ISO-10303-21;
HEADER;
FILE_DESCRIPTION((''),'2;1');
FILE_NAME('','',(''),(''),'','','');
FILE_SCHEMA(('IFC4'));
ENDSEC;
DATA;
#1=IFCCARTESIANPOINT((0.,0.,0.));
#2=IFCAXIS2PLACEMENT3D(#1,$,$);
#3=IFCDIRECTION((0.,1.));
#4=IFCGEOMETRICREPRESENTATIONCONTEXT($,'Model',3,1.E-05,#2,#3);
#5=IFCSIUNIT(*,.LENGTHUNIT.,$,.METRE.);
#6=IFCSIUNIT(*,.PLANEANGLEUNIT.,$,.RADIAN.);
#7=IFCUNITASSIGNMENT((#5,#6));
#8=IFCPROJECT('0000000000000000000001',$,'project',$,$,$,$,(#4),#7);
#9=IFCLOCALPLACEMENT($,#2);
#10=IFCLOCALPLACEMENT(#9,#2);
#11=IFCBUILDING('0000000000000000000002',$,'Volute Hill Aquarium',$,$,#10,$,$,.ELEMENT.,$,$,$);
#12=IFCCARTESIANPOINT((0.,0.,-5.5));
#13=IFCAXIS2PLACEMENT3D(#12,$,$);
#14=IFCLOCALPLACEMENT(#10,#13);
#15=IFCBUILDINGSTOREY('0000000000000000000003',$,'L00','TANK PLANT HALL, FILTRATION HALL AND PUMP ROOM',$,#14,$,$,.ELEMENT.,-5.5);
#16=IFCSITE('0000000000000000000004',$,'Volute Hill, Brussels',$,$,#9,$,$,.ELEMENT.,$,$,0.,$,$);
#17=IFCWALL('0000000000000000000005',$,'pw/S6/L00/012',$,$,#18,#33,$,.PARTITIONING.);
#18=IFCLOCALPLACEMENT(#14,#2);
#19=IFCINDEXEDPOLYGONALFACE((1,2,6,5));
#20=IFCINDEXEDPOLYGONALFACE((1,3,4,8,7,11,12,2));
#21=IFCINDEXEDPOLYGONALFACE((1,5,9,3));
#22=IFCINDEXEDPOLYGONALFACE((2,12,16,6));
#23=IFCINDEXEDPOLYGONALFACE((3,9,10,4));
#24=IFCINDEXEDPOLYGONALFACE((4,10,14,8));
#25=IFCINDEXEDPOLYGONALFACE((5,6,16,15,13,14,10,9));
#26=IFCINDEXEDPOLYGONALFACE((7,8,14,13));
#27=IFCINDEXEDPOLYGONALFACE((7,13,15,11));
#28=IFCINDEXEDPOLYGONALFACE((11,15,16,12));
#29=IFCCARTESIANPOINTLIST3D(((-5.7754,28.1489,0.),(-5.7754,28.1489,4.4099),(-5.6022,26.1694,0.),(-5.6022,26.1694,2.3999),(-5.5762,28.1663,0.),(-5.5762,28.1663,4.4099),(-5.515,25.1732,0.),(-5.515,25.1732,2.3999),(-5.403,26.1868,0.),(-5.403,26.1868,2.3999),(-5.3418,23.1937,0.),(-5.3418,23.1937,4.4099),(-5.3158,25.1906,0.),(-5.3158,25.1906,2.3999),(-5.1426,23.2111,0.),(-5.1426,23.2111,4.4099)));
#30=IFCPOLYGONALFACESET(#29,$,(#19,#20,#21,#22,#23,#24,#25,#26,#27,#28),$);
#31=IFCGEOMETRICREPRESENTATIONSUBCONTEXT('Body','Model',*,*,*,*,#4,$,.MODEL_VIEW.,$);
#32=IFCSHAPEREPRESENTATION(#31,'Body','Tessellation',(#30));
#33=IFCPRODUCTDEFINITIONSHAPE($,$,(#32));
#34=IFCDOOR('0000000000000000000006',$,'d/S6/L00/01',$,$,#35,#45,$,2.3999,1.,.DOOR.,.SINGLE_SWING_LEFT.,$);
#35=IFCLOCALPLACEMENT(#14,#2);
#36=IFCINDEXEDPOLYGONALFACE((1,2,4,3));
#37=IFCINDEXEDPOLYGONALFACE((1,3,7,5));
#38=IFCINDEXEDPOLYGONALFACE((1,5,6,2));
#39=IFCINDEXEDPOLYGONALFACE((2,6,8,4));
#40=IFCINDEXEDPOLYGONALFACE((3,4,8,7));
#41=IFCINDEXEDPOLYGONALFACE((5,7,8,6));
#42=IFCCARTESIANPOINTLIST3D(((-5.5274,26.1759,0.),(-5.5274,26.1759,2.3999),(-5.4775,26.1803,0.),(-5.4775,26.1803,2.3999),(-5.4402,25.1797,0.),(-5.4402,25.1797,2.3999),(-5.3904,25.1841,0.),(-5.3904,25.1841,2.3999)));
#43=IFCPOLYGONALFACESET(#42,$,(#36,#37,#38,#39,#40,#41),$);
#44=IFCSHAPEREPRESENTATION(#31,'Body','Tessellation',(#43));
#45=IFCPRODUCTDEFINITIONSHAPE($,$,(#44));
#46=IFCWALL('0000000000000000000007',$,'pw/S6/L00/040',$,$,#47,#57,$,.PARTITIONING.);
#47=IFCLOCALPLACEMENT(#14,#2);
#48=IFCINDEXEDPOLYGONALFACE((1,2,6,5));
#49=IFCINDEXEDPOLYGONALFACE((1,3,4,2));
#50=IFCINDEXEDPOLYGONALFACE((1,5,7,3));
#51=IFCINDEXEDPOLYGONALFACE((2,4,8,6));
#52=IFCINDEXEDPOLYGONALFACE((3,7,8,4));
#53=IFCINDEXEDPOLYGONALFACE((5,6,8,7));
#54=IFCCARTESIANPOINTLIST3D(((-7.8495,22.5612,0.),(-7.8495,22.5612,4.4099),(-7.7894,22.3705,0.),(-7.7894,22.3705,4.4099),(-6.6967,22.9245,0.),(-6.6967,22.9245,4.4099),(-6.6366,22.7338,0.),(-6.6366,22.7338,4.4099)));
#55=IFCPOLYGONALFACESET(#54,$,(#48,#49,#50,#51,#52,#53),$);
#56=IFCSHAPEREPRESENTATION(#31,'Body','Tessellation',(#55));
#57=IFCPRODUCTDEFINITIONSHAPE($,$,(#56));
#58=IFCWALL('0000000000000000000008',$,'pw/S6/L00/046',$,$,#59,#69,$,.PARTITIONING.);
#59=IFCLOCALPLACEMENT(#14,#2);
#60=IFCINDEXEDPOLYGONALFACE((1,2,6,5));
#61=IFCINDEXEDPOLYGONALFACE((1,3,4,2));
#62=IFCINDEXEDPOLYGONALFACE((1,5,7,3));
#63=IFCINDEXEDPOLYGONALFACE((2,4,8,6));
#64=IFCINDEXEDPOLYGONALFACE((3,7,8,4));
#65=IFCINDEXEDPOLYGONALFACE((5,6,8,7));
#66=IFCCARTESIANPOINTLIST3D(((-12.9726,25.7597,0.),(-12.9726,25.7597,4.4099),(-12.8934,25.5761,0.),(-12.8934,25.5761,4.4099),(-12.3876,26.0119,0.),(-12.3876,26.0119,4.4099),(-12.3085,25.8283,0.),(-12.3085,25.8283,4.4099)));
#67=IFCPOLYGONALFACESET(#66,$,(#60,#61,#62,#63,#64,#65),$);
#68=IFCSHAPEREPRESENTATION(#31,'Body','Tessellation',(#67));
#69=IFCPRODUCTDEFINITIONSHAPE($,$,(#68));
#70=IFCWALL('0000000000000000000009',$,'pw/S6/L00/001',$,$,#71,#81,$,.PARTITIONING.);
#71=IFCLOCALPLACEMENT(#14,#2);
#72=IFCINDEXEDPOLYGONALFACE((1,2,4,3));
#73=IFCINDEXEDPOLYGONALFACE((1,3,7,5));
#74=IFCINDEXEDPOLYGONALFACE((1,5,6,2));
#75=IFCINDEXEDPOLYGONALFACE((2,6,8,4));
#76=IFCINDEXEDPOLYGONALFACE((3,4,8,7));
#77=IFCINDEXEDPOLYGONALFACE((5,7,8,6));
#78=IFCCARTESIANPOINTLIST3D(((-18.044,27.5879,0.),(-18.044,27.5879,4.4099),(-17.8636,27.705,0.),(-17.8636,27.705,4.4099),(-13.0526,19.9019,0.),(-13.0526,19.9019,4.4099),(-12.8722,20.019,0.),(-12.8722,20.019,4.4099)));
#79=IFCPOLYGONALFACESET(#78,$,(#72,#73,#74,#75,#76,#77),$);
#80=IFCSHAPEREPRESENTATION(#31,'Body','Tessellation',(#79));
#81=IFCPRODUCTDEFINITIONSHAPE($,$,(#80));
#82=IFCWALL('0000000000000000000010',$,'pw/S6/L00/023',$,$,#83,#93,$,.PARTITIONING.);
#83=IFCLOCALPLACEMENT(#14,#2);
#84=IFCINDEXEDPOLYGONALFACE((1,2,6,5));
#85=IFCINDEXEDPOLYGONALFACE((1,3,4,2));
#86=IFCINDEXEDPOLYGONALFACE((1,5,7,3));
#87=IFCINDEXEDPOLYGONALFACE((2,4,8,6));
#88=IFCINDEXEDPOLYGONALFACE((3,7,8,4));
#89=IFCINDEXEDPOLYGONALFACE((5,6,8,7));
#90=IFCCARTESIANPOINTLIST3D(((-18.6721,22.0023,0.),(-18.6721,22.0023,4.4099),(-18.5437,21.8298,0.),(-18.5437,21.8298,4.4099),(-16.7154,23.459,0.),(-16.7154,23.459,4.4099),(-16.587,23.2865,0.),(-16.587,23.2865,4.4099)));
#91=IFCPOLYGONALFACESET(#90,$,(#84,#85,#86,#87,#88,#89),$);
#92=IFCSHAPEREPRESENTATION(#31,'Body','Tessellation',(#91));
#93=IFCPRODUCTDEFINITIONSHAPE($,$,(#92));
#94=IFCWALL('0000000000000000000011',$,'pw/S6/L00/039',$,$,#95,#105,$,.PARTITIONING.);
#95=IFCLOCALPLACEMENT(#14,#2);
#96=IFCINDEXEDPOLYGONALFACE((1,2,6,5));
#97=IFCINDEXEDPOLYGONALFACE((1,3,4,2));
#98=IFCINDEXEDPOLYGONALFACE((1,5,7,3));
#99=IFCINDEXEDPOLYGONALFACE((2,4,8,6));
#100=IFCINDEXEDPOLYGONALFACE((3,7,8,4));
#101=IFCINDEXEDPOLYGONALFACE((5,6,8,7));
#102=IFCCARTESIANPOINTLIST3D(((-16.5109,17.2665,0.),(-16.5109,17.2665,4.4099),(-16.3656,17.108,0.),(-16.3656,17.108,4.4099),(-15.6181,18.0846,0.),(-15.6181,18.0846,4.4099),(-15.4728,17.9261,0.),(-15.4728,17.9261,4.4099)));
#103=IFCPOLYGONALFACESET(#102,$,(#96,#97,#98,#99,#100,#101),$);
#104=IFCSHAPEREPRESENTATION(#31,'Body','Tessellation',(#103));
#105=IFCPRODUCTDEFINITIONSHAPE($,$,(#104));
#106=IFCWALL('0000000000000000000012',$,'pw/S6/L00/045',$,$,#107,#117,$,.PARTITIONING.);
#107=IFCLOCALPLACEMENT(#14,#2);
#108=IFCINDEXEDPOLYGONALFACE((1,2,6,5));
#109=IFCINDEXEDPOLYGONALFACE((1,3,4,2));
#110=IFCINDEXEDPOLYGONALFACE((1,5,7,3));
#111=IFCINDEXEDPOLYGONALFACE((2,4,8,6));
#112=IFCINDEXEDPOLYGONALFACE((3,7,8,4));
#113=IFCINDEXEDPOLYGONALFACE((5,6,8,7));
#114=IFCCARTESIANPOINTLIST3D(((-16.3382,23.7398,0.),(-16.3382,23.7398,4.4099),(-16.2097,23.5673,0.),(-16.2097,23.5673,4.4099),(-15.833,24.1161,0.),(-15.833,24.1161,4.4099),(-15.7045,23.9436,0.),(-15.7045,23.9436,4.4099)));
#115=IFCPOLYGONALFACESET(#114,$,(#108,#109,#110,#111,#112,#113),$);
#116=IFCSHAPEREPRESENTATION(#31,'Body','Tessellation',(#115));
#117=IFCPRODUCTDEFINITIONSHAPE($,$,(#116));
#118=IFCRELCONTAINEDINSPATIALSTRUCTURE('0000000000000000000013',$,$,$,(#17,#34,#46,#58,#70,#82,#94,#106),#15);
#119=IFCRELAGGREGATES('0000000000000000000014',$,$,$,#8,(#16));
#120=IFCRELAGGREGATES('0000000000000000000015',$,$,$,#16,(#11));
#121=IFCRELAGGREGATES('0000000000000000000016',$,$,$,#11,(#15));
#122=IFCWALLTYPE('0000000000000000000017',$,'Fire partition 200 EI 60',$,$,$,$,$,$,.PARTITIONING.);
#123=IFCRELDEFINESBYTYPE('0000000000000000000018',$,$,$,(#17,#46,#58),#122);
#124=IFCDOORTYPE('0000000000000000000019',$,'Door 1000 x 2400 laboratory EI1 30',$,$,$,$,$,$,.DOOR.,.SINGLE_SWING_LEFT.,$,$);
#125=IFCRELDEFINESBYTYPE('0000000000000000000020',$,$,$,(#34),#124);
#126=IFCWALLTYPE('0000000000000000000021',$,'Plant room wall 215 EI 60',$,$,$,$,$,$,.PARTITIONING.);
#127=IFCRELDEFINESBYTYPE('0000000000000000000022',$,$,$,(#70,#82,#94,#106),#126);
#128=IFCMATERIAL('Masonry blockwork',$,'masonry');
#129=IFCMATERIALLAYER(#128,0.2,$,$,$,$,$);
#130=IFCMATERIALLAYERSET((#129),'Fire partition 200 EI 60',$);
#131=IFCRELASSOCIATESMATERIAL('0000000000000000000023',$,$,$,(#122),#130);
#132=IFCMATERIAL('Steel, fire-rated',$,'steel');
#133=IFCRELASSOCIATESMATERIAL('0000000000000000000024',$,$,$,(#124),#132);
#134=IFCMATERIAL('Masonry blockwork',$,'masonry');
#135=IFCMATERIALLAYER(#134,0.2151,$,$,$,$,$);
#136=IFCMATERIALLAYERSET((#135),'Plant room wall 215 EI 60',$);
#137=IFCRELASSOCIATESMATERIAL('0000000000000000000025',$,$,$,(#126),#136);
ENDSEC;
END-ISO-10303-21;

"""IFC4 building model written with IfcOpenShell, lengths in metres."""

from ifc_helpers import new_model, si_unit, direction, frame, frame_2d, origin, place, context, subcontext, project, spatial, rectangle, extrude, material, layer, layer_set, type_object, element, fill, save


model = new_model("IFC4")

# Units and contexts
model_context = context("Model", 3, precision=1e-05, world=origin(), true_north=direction((0.0, 1.0)))
body_context = subcontext(model_context, "Body", "Model", "MODEL_VIEW")
ifc_project = project(units=[si_unit("LENGTHUNIT", "METRE"), si_unit("PLANEANGLEUNIT", "RADIAN")], contexts=[model_context])

# Site, building, storey
site_placement = place(None, origin())
site = spatial("IfcSite", under=ifc_project, at=site_placement, Name="Volute Hill, Brussels", CompositionType="ELEMENT", RefElevation=0.0)
building_placement = place(site_placement, origin())
building = spatial("IfcBuilding", under=site, at=building_placement, Name="Volute Hill Aquarium", CompositionType="ELEMENT")
storey_placement = place(building_placement, frame((0.0, 0.0, -5.5)))
storey = spatial("IfcBuildingStorey", under=building, at=storey_placement, Name="L00", Description="TANK PLANT HALL, FILTRATION HALL AND PUMP ROOM", CompositionType="ELEMENT", Elevation=-5.5)

# Wall, opening, door
ifc_material_1 = material(Name="Masonry blockwork", Category="masonry")
ifc_layer_1 = layer(ifc_material_1, 0.2)
ifc_layer_set_1 = layer_set([ifc_layer_1], Name="Fire partition 200 EI 60")
wall_type_1 = type_object("IfcWallType", Name="Fire partition 200 EI 60", PredefinedType="PARTITIONING", material=ifc_layer_set_1)
wall_1_placement = place(storey_placement, frame((-5.2422, 23.2024, 0.0), z_axis=(0.0, 0.0, 1.0), x_axis=(-0.087172, 0.996193, 0.0)))
wall_1 = element("IfcWall", 1, at=wall_1_placement, inside=storey, type_object=wall_type_1, Name="pw/S6/L00/012", PredefinedType="PARTITIONING", context=body_context, shape_type="SweptSolid", body=[
    extrude(rectangle(XDim=4.9741, YDim=0.2, at=frame_2d((2.4871, 0.0))), origin(), (0.0, 0.0, 1.0), 4.4099),
])
opening_1_placement = place(wall_1_placement, frame((1.9871, 0.0, 0.0)))
opening_1 = element("IfcOpeningElement", 2, at=opening_1_placement, cuts=wall_1, PredefinedType="OPENING", context=body_context, shape_type="SweptSolid", body=[
    extrude(rectangle(XDim=1.0, YDim=2.3999, at=frame_2d((0.5, 1.2))), frame((0.0, 0.1099, 0.0), z_axis=(0.0, -1.0, 0.0), x_axis=(1.0, 0.0, 0.0)), (0.0, 0.0, 1.0), 0.22),
])
ifc_material_2 = material(Name="Steel, fire-rated", Category="steel")
door_type_1 = type_object("IfcDoorType", Name="Door 1000 x 2400 laboratory EI1 30", OperationType="SINGLE_SWING_LEFT", PredefinedType="DOOR", material=ifc_material_2)
door_1_placement = place(opening_1_placement, origin())
door_1 = element("IfcDoor", 3, at=door_1_placement, inside=storey, type_object=door_type_1, Name="d/S6/L00/01", OperationType="SINGLE_SWING_LEFT", OverallHeight=2.3999, OverallWidth=1.0, PredefinedType="DOOR", context=body_context, shape_type="SweptSolid", body=[
    extrude(rectangle(XDim=1.0, YDim=2.3999, at=frame_2d((0.5, 1.2))), frame((0.0, 0.0249, 0.0), z_axis=(0.0, -1.0, 0.0), x_axis=(1.0, 0.0, 0.0)), (0.0, 0.0, 1.0), 0.05),
])
fill(opening_1, door_1)

# Walls
wall_2_placement = place(storey_placement, frame((-7.8196, 22.4658, 0.0), z_axis=(0.0, 0.0, 1.0), x_axis=(0.953766, 0.300551, 0.0)))
element("IfcWall", 4, at=wall_2_placement, inside=storey, type_object=wall_type_1, Name="pw/S6/L00/040", PredefinedType="PARTITIONING", context=body_context, shape_type="SweptSolid", body=[
    extrude(rectangle(XDim=1.2087, YDim=0.2, at=frame_2d((0.6045, 0.0))), origin(), (0.0, 0.0, 1.0), 4.4099),
])
wall_3_placement = place(storey_placement, frame((-12.9329, 25.668, 0.0), z_axis=(0.0, 0.0, 1.0), x_axis=(0.91829, 0.395907, 0.0)))
element("IfcWall", 5, at=wall_3_placement, inside=storey, type_object=wall_type_1, Name="pw/S6/L00/046", PredefinedType="PARTITIONING", context=body_context, shape_type="SweptSolid", body=[
    extrude(rectangle(XDim=0.637, YDim=0.2, at=frame_2d((0.3184, 0.0))), origin(), (0.0, 0.0, 1.0), 4.4099),
])
ifc_material_3 = material(Name="Masonry blockwork", Category="masonry")
ifc_layer_2 = layer(ifc_material_3, 0.2151)
ifc_layer_set_2 = layer_set([ifc_layer_2], Name="Plant room wall 215 EI 60")
wall_type_2 = type_object("IfcWallType", Name="Plant room wall 215 EI 60", PredefinedType="PARTITIONING", material=ifc_layer_set_2)
wall_4_placement = place(storey_placement, frame((-12.9624, 19.9604, 0.0), z_axis=(0.0, 0.0, 1.0), x_axis=(-0.544646, 0.838666, 0.0)))
element("IfcWall", 6, at=wall_4_placement, inside=storey, type_object=wall_type_2, Name="pw/S6/L00/001", PredefinedType="PARTITIONING", context=body_context, shape_type="SweptSolid", body=[
    extrude(rectangle(XDim=9.1646, YDim=0.2151, at=frame_2d((4.5823, 0.0))), origin(), (0.0, 0.0, 1.0), 4.4099),
])
wall_5_placement = place(storey_placement, frame((-18.6079, 21.916, 0.0), z_axis=(0.0, 0.0, 1.0), x_axis=(0.802121, 0.597162, 0.0)))
element("IfcWall", 7, at=wall_5_placement, inside=storey, type_object=wall_type_2, Name="pw/S6/L00/023", PredefinedType="PARTITIONING", context=body_context, shape_type="SweptSolid", body=[
    extrude(rectangle(XDim=2.4395, YDim=0.2151, at=frame_2d((1.2197, 0.0))), origin(), (0.0, 0.0, 1.0), 4.4099),
])
wall_6_placement = place(storey_placement, frame((-16.4382, 17.1873, 0.0), z_axis=(0.0, 0.0, 1.0), x_axis=(0.73728, 0.675588, 0.0)))
element("IfcWall", 8, at=wall_6_placement, inside=storey, type_object=wall_type_2, Name="pw/S6/L00/039", PredefinedType="PARTITIONING", context=body_context, shape_type="SweptSolid", body=[
    extrude(rectangle(XDim=1.2109, YDim=0.2151, at=frame_2d((0.6055, 0.0))), origin(), (0.0, 0.0, 1.0), 4.4099),
])
wall_7_placement = place(storey_placement, frame((-16.2739, 23.6536, 0.0), z_axis=(0.0, 0.0, 1.0), x_axis=(0.801996, 0.59733, 0.0)))
element("IfcWall", 9, at=wall_7_placement, inside=storey, type_object=wall_type_2, Name="pw/S6/L00/045", PredefinedType="PARTITIONING", context=body_context, shape_type="SweptSolid", body=[
    extrude(rectangle(XDim=0.6299, YDim=0.2151, at=frame_2d((0.3149, 0.0))), origin(), (0.0, 0.0, 1.0), 4.4099),
])

save(model, "model.ifc")
